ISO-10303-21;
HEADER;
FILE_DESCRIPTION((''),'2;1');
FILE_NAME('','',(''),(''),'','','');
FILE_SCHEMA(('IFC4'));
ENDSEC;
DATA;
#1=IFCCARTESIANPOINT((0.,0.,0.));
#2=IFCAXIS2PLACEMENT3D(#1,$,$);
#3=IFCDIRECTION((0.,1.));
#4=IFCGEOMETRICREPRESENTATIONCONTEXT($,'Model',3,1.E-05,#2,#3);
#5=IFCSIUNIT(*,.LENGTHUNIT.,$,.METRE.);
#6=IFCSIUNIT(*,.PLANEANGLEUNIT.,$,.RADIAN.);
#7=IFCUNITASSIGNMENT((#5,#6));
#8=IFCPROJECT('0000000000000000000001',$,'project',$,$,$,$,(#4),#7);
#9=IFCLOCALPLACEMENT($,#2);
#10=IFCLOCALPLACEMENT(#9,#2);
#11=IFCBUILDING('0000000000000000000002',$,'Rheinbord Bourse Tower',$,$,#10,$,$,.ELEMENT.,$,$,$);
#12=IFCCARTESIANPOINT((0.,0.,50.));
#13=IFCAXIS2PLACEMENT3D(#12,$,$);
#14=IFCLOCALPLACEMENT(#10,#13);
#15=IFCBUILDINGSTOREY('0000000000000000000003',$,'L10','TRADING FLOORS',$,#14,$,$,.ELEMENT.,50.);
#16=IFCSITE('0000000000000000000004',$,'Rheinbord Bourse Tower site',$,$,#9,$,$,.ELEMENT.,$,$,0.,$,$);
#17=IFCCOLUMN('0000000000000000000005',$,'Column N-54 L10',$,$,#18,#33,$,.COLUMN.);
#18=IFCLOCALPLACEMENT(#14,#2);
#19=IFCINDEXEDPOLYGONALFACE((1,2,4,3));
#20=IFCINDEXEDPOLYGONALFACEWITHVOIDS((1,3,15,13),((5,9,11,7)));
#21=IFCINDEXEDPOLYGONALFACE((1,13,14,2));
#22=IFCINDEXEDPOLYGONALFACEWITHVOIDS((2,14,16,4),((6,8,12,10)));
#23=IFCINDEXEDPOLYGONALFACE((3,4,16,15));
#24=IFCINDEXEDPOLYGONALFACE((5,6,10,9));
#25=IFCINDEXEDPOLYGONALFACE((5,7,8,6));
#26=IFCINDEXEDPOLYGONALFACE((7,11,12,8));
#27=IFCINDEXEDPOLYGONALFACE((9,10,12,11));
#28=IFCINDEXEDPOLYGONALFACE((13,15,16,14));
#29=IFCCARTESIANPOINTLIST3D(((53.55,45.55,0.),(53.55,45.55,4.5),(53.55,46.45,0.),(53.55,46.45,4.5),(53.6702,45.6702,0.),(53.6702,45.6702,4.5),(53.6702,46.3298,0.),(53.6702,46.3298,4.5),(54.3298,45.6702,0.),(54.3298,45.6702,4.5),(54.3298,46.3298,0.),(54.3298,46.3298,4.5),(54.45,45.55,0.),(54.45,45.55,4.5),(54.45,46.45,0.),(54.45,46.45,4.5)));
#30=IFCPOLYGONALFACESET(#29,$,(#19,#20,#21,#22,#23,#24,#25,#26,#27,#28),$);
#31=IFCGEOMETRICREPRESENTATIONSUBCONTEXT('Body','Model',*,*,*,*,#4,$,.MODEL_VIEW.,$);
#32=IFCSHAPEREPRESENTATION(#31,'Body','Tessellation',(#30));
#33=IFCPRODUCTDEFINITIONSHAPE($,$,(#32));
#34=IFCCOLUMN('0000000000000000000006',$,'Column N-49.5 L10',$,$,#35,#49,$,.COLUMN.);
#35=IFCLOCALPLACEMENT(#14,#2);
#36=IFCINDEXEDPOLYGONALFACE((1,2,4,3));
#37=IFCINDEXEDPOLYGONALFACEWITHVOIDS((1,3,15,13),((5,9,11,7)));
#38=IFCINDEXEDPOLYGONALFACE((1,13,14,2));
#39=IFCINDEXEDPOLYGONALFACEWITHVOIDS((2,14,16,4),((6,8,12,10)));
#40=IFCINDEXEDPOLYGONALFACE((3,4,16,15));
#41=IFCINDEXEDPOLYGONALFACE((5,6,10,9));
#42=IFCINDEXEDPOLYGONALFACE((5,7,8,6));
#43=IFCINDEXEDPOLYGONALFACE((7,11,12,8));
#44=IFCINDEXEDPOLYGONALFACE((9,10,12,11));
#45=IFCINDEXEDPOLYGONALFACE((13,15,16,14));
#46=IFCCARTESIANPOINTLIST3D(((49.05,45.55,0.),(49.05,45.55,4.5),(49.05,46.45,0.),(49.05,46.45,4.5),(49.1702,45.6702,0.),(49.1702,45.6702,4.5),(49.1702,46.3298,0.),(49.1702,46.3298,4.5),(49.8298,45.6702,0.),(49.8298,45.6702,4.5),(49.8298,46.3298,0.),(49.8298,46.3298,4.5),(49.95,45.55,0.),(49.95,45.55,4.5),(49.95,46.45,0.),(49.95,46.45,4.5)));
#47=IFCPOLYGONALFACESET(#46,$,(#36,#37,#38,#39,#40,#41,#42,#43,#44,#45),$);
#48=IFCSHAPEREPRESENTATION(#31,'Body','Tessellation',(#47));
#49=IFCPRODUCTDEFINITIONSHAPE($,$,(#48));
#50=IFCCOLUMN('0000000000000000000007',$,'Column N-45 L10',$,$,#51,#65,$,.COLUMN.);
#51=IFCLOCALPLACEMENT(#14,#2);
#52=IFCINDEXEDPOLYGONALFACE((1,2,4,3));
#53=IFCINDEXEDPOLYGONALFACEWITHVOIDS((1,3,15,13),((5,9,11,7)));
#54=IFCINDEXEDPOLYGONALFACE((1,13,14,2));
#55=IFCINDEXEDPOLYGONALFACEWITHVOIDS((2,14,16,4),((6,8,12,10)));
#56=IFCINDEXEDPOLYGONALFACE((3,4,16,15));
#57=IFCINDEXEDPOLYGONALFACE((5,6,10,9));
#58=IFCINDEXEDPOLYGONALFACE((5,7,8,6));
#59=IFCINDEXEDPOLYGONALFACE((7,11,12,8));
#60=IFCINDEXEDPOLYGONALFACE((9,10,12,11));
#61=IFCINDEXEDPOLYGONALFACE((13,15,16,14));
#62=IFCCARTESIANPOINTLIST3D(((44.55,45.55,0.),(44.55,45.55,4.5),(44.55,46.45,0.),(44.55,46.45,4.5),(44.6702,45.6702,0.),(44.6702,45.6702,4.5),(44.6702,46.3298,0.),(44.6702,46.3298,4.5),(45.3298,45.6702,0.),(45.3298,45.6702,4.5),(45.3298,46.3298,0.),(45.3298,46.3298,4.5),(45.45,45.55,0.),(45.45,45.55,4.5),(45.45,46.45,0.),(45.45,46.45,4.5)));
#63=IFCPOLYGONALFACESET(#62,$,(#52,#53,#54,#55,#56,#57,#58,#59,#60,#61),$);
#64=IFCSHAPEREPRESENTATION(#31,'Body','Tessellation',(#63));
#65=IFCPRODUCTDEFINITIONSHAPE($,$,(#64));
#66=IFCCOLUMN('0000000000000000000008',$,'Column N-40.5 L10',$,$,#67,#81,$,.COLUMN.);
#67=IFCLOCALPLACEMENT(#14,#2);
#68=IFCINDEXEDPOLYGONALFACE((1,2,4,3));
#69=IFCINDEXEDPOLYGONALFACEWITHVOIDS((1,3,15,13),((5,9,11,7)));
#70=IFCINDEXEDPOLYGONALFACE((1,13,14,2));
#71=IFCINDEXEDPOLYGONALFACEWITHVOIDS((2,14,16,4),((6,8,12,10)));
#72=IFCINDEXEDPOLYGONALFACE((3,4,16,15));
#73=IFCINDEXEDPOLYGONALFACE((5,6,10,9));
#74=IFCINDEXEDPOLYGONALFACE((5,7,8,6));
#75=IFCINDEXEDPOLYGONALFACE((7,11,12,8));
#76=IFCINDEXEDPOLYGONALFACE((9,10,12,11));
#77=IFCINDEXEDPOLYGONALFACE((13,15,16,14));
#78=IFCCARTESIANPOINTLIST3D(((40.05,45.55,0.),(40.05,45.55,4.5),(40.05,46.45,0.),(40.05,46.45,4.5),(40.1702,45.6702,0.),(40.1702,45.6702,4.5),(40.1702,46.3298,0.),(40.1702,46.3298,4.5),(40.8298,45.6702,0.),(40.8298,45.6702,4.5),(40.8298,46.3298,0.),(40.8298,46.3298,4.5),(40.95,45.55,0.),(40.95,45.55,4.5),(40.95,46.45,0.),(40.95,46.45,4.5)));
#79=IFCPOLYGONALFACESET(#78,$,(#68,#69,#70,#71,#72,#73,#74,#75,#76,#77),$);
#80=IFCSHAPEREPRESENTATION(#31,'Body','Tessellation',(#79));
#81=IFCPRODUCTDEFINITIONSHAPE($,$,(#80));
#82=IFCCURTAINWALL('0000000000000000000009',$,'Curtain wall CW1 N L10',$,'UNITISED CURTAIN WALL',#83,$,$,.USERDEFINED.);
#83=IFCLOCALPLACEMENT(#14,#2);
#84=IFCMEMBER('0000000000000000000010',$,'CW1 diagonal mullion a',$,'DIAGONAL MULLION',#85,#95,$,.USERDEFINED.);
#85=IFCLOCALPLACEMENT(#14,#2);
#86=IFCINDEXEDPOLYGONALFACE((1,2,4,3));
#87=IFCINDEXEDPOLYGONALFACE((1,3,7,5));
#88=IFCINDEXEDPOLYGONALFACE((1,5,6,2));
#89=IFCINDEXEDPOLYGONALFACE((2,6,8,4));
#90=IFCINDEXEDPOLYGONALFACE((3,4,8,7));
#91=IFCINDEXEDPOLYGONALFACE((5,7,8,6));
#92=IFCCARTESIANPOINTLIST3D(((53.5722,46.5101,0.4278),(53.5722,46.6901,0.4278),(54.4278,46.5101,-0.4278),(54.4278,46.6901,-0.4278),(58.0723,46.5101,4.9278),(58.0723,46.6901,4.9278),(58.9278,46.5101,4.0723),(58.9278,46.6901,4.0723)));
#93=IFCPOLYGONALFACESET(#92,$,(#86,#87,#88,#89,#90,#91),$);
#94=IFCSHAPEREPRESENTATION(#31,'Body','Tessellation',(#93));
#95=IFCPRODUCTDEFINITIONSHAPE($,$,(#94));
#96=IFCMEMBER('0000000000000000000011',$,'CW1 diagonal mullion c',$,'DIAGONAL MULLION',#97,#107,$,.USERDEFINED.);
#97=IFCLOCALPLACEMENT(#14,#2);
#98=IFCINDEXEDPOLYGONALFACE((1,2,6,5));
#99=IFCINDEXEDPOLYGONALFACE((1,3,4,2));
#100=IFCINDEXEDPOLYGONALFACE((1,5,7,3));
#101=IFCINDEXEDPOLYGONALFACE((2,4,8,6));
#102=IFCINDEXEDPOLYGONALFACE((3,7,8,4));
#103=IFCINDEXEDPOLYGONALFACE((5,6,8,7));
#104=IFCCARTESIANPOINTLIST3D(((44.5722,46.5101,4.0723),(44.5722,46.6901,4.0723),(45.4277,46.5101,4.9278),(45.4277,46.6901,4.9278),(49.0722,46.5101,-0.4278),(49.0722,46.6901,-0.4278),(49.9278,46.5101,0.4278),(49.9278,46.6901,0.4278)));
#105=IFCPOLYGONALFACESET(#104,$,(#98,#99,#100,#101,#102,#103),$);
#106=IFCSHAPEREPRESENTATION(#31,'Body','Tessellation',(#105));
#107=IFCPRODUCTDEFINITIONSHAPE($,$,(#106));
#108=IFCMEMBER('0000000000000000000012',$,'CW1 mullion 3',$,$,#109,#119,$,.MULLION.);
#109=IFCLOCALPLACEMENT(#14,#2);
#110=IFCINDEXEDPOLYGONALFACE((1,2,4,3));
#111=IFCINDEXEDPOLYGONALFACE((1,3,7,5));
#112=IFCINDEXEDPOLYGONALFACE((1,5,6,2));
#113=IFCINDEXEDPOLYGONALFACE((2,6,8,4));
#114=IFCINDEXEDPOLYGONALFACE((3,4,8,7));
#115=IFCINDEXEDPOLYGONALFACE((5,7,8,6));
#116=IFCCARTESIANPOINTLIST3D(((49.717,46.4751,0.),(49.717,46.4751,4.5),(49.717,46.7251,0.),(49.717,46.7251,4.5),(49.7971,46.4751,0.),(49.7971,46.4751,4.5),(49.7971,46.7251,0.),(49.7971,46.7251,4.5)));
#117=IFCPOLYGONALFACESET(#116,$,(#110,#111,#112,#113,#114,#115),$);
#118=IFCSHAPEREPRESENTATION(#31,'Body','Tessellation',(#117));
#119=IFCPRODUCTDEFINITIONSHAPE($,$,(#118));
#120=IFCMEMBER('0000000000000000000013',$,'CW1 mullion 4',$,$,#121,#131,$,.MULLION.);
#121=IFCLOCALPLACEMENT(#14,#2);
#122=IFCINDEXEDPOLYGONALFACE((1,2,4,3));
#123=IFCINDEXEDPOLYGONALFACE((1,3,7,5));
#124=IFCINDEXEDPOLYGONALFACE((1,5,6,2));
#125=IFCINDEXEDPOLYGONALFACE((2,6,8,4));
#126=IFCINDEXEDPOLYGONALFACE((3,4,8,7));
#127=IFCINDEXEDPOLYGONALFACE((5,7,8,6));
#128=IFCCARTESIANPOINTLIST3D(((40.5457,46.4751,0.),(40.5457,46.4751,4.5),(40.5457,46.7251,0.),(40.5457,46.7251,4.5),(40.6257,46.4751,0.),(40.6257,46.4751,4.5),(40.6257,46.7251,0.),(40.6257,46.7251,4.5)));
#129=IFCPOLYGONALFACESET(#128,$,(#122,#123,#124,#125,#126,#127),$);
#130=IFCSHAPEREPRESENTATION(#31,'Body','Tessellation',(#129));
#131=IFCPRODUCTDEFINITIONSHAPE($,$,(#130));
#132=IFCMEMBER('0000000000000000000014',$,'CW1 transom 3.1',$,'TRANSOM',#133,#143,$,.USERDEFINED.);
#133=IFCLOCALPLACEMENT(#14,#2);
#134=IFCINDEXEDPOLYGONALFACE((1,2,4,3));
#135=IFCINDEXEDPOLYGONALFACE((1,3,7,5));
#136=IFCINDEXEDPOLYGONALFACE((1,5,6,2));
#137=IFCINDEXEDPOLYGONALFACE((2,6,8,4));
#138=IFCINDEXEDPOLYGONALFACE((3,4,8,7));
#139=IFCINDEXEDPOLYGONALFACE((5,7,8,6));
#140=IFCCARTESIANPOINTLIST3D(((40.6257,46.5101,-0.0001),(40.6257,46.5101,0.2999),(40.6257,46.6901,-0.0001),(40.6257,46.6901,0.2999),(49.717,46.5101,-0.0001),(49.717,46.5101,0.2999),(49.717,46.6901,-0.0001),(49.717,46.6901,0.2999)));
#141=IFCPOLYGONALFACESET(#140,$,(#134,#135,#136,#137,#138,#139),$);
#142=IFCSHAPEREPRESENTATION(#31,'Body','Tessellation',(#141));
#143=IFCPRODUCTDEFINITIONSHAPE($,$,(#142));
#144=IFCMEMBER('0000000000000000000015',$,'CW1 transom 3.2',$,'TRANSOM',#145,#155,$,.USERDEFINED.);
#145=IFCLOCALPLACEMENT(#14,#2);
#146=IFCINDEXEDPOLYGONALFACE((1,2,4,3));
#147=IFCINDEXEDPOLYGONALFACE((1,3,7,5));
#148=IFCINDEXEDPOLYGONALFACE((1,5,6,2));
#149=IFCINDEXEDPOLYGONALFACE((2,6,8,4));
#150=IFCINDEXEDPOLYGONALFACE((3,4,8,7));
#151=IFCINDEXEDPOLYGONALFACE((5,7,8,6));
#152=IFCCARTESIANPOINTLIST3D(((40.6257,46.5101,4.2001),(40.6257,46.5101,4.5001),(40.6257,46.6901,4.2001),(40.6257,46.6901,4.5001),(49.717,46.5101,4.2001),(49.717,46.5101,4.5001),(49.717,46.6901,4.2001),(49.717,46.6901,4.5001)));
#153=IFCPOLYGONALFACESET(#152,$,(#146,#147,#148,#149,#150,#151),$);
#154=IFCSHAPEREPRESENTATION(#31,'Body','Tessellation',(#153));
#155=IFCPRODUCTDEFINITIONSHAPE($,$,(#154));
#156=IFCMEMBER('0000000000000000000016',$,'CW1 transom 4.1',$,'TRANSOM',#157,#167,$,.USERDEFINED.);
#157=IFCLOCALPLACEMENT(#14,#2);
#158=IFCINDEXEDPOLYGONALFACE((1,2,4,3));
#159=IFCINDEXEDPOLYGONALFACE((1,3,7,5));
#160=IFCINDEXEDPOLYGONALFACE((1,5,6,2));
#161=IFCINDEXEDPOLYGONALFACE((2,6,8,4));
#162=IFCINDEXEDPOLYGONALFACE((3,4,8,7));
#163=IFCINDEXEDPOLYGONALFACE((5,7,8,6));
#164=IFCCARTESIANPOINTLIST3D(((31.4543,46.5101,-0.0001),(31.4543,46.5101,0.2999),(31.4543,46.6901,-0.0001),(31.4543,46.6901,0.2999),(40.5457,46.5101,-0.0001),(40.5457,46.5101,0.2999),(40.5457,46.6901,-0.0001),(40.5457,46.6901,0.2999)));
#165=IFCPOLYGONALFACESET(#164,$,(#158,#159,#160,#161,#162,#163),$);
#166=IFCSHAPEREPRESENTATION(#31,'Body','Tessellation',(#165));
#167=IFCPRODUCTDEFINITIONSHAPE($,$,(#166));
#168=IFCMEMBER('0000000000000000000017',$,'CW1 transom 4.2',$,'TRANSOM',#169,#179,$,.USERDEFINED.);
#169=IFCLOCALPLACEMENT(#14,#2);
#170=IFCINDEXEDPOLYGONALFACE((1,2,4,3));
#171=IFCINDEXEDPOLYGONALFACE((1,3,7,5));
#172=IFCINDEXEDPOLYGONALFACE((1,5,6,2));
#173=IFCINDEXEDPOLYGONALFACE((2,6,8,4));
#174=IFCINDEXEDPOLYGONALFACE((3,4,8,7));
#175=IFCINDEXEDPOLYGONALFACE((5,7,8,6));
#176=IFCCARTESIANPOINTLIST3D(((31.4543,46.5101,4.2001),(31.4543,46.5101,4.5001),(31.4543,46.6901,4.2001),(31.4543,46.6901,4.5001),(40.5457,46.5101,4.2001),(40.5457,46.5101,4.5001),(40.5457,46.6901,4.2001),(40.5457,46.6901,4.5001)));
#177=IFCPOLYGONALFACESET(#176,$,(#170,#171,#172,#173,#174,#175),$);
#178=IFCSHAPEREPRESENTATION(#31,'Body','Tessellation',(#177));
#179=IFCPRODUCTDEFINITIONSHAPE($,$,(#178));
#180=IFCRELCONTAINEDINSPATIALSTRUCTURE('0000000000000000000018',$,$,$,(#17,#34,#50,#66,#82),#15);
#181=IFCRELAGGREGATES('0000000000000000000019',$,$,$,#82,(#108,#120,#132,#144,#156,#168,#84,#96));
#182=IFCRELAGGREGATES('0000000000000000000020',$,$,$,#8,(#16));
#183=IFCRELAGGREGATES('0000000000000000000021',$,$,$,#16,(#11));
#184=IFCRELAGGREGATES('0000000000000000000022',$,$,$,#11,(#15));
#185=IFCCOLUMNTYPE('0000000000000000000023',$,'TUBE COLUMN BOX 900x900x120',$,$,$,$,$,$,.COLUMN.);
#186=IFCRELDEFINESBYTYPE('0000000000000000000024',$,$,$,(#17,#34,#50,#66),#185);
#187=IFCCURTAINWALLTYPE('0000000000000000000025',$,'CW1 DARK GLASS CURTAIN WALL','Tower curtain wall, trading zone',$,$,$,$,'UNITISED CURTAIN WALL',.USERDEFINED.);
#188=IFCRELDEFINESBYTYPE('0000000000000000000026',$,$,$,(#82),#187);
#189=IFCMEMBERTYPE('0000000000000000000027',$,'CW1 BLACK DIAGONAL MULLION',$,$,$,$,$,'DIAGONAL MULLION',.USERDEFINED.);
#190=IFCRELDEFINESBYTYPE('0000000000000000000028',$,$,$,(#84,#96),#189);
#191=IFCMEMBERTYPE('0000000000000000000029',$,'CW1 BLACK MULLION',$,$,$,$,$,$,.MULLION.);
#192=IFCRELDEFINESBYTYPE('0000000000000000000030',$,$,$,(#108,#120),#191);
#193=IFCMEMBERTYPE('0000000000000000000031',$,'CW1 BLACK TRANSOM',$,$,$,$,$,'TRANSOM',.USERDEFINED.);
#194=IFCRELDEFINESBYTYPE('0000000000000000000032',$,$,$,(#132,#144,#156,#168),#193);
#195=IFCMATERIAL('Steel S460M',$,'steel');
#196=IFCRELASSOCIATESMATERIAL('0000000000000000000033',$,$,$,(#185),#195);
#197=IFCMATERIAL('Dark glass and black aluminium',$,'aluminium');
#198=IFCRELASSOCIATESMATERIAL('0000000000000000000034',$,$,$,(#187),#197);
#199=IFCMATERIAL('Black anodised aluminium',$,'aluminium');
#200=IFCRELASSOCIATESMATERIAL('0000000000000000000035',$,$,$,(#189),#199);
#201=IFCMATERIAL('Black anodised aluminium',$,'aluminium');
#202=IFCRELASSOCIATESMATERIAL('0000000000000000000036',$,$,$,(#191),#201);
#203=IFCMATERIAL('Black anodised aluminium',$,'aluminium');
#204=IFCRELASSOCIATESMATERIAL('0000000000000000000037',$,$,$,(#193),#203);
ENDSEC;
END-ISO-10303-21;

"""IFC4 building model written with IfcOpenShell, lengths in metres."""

from ifc_helpers import new_model, si_unit, direction, frame, origin, origin_2d, place, context, subcontext, project, spatial, rectangle, hollow_rectangle, extrude, material, material_profile, profile_set, type_object, element, aggregate, save


model = new_model("IFC4")

# Units and contexts
model_context = context("Model", 3, precision=1e-05, world=origin(), true_north=direction((0.0, 1.0)))
body_context = subcontext(model_context, "Body", "Model", "MODEL_VIEW")
ifc_project = project(units=[si_unit("LENGTHUNIT", "METRE"), si_unit("PLANEANGLEUNIT", "RADIAN")], contexts=[model_context])

# Site, building, storey
site_placement = place(None, origin())
site = spatial("IfcSite", under=ifc_project, at=site_placement, Name="Rheinbord Bourse Tower site", CompositionType="ELEMENT", RefElevation=0.0)
building_placement = place(site_placement, origin())
building = spatial("IfcBuilding", under=site, at=building_placement, Name="Rheinbord Bourse Tower", CompositionType="ELEMENT")
storey_placement = place(building_placement, frame((0.0, 0.0, 50.0)))
storey = spatial("IfcBuildingStorey", under=building, at=storey_placement, Name="L10", Description="TRADING FLOORS", CompositionType="ELEMENT", Elevation=50.0)

# Columns
ifc_material_1 = material(Name="Steel S460M", Category="steel")
ifc_material_profile_1 = material_profile(ifc_material_1, hollow_rectangle(XDim=0.8999, YDim=0.8999, WallThickness=0.1201, at=origin_2d()), Name="BOX 900x900x120")
ifc_profile_set_1 = profile_set([ifc_material_profile_1], Name="Steel S460M")
column_type = type_object("IfcColumnType", Name="TUBE COLUMN BOX 900x900x120", PredefinedType="COLUMN", material=ifc_profile_set_1)
for number, where, z_axis, x_axis, name in (
    (1, (54.0, 46.0, 0.0), (0.0, 0.0, 1.0), (0.0, 1.0, 0.0), "Column N-54 L10"),
    (2, (49.5, 46.0, 0.0), (0.0, 0.0, 1.0), (0.0, 1.0, 0.0), "Column N-49.5 L10"),
    (3, (45.0, 46.0, 0.0), (0.0, 0.0, 1.0), (0.0, 1.0, 0.0), "Column N-45 L10"),
    (4, (40.5, 46.0, 0.0), (0.0, 0.0, 1.0), (0.0, 1.0, 0.0), "Column N-40.5 L10"),
):
    element("IfcColumn", number, at=place(storey_placement, frame(where, z_axis=z_axis, x_axis=x_axis)), inside=storey, type_object=column_type, Name=name, PredefinedType="COLUMN", context=body_context, shape_type="SweptSolid", body=[
        extrude(hollow_rectangle(XDim=0.8999, YDim=0.8999, WallThickness=0.1201, at=origin_2d()), origin(), (0.0, 0.0, 1.0), 4.5),
    ])

# Curtain wall, members
ifc_material_2 = material(Name="Dark glass and black aluminium", Category="aluminium")
curtain_wall_type = type_object("IfcCurtainWallType", Name="CW1 DARK GLASS CURTAIN WALL", Description="Tower curtain wall, trading zone", ElementType="UNITISED CURTAIN WALL", PredefinedType="USERDEFINED", material=ifc_material_2)
curtain_wall_placement = place(storey_placement, origin())
curtain_wall = element("IfcCurtainWall", 5, at=curtain_wall_placement, inside=storey, type_object=curtain_wall_type, Name="Curtain wall CW1 N L10", ObjectType="UNITISED CURTAIN WALL", PredefinedType="USERDEFINED")
ifc_material_3 = material(Name="Black anodised aluminium", Category="aluminium")
ifc_material_profile_2 = material_profile(ifc_material_3, rectangle(XDim=0.1799, YDim=1.21, at=origin_2d()), Name="CW1 DIAGONAL MULLION 1210x180")
ifc_profile_set_2 = profile_set([ifc_material_profile_2], Name="Black anodised aluminium")
member_type_1 = type_object("IfcMemberType", Name="CW1 BLACK DIAGONAL MULLION", ElementType="DIAGONAL MULLION", PredefinedType="USERDEFINED", material=ifc_profile_set_2)
member_1_placement = place(storey_placement, frame((54.0, 46.6001, 0.0), z_axis=(0.707107, 0.0, 0.707107), x_axis=(0.0, 1.0, 0.0)))
member_1 = element("IfcMember", 6, at=member_1_placement, type_object=member_type_1, Name="CW1 diagonal mullion a", ObjectType="DIAGONAL MULLION", PredefinedType="USERDEFINED", context=body_context, shape_type="SweptSolid", body=[
    extrude(rectangle(XDim=0.1799, YDim=1.21, at=origin_2d()), origin(), (0.0, 0.0, 1.0), 6.364),
])
member_2_placement = place(storey_placement, frame((49.5, 46.6001, 0.0), z_axis=(-0.707107, 0.0, 0.707107), x_axis=(0.0, -1.0, 0.0)))
member_2 = element("IfcMember", 7, at=member_2_placement, type_object=member_type_1, Name="CW1 diagonal mullion c", ObjectType="DIAGONAL MULLION", PredefinedType="USERDEFINED", context=body_context, shape_type="SweptSolid", body=[
    extrude(rectangle(XDim=0.1799, YDim=1.21, at=origin_2d()), origin(), (0.0, 0.0, 1.0), 6.364),
])
ifc_material_4 = material(Name="Black anodised aluminium", Category="aluminium")
ifc_material_profile_3 = material_profile(ifc_material_4, rectangle(XDim=0.25, YDim=0.0801, at=origin_2d()), Name="CW1 MULLION 80x250")
ifc_profile_set_3 = profile_set([ifc_material_profile_3], Name="Black anodised aluminium")
member_type_2 = type_object("IfcMemberType", Name="CW1 BLACK MULLION", PredefinedType="MULLION", material=ifc_profile_set_3)
member_3_placement = place(storey_placement, frame((49.7571, 46.6001, 0.0), z_axis=(0.0, 0.0, 1.0), x_axis=(0.0, -1.0, 0.0)))
member_3 = element("IfcMember", 8, at=member_3_placement, type_object=member_type_2, Name="CW1 mullion 3", PredefinedType="MULLION", context=body_context, shape_type="SweptSolid", body=[
    extrude(rectangle(XDim=0.25, YDim=0.0801, at=origin_2d()), origin(), (0.0, 0.0, 1.0), 4.5),
])
member_4_placement = place(storey_placement, frame((40.5857, 46.6001, 0.0), z_axis=(0.0, 0.0, 1.0), x_axis=(0.0, -1.0, 0.0)))
member_4 = element("IfcMember", 9, at=member_4_placement, type_object=member_type_2, Name="CW1 mullion 4", PredefinedType="MULLION", context=body_context, shape_type="SweptSolid", body=[
    extrude(rectangle(XDim=0.25, YDim=0.0801, at=origin_2d()), origin(), (0.0, 0.0, 1.0), 4.5),
])
ifc_material_5 = material(Name="Black anodised aluminium", Category="aluminium")
ifc_material_profile_4 = material_profile(ifc_material_5, rectangle(XDim=0.1799, YDim=0.3, at=origin_2d()), Name="CW1 TRANSOM 300x180")
ifc_profile_set_4 = profile_set([ifc_material_profile_4], Name="Black anodised aluminium")
member_type_3 = type_object("IfcMemberType", Name="CW1 BLACK TRANSOM", ElementType="TRANSOM", PredefinedType="USERDEFINED", material=ifc_profile_set_4)
member_5_placement = place(storey_placement, frame((49.717, 46.6001, 0.1499), z_axis=(-1.0, 0.0, 0.0), x_axis=(0.0, -1.0, 0.0)))
member_5 = element("IfcMember", 10, at=member_5_placement, type_object=member_type_3, Name="CW1 transom 3.1", ObjectType="TRANSOM", PredefinedType="USERDEFINED", context=body_context, shape_type="SweptSolid", body=[
    extrude(rectangle(XDim=0.1799, YDim=0.3, at=origin_2d()), origin(), (0.0, 0.0, 1.0), 9.0913),
])
member_6_placement = place(storey_placement, frame((49.717, 46.6001, 4.3501), z_axis=(-1.0, 0.0, 0.0), x_axis=(0.0, -1.0, 0.0)))
member_6 = element("IfcMember", 11, at=member_6_placement, type_object=member_type_3, Name="CW1 transom 3.2", ObjectType="TRANSOM", PredefinedType="USERDEFINED", context=body_context, shape_type="SweptSolid", body=[
    extrude(rectangle(XDim=0.1799, YDim=0.3, at=origin_2d()), origin(), (0.0, 0.0, 1.0), 9.0913),
])
member_7_placement = place(storey_placement, frame((40.5457, 46.6001, 0.1499), z_axis=(-1.0, 0.0, 0.0), x_axis=(0.0, -1.0, 0.0)))
member_7 = element("IfcMember", 12, at=member_7_placement, type_object=member_type_3, Name="CW1 transom 4.1", ObjectType="TRANSOM", PredefinedType="USERDEFINED", context=body_context, shape_type="SweptSolid", body=[
    extrude(rectangle(XDim=0.1799, YDim=0.3, at=origin_2d()), origin(), (0.0, 0.0, 1.0), 9.0913),
])
member_8_placement = place(storey_placement, frame((40.5457, 46.6001, 4.3501), z_axis=(-1.0, 0.0, 0.0), x_axis=(0.0, -1.0, 0.0)))
member_8 = element("IfcMember", 13, at=member_8_placement, type_object=member_type_3, Name="CW1 transom 4.2", ObjectType="TRANSOM", PredefinedType="USERDEFINED", context=body_context, shape_type="SweptSolid", body=[
    extrude(rectangle(XDim=0.1799, YDim=0.3, at=origin_2d()), origin(), (0.0, 0.0, 1.0), 9.0913),
])

aggregate(curtain_wall, [member_3, member_4, member_5, member_6, member_7, member_8, member_1, member_2])

save(model, "model.ifc")
